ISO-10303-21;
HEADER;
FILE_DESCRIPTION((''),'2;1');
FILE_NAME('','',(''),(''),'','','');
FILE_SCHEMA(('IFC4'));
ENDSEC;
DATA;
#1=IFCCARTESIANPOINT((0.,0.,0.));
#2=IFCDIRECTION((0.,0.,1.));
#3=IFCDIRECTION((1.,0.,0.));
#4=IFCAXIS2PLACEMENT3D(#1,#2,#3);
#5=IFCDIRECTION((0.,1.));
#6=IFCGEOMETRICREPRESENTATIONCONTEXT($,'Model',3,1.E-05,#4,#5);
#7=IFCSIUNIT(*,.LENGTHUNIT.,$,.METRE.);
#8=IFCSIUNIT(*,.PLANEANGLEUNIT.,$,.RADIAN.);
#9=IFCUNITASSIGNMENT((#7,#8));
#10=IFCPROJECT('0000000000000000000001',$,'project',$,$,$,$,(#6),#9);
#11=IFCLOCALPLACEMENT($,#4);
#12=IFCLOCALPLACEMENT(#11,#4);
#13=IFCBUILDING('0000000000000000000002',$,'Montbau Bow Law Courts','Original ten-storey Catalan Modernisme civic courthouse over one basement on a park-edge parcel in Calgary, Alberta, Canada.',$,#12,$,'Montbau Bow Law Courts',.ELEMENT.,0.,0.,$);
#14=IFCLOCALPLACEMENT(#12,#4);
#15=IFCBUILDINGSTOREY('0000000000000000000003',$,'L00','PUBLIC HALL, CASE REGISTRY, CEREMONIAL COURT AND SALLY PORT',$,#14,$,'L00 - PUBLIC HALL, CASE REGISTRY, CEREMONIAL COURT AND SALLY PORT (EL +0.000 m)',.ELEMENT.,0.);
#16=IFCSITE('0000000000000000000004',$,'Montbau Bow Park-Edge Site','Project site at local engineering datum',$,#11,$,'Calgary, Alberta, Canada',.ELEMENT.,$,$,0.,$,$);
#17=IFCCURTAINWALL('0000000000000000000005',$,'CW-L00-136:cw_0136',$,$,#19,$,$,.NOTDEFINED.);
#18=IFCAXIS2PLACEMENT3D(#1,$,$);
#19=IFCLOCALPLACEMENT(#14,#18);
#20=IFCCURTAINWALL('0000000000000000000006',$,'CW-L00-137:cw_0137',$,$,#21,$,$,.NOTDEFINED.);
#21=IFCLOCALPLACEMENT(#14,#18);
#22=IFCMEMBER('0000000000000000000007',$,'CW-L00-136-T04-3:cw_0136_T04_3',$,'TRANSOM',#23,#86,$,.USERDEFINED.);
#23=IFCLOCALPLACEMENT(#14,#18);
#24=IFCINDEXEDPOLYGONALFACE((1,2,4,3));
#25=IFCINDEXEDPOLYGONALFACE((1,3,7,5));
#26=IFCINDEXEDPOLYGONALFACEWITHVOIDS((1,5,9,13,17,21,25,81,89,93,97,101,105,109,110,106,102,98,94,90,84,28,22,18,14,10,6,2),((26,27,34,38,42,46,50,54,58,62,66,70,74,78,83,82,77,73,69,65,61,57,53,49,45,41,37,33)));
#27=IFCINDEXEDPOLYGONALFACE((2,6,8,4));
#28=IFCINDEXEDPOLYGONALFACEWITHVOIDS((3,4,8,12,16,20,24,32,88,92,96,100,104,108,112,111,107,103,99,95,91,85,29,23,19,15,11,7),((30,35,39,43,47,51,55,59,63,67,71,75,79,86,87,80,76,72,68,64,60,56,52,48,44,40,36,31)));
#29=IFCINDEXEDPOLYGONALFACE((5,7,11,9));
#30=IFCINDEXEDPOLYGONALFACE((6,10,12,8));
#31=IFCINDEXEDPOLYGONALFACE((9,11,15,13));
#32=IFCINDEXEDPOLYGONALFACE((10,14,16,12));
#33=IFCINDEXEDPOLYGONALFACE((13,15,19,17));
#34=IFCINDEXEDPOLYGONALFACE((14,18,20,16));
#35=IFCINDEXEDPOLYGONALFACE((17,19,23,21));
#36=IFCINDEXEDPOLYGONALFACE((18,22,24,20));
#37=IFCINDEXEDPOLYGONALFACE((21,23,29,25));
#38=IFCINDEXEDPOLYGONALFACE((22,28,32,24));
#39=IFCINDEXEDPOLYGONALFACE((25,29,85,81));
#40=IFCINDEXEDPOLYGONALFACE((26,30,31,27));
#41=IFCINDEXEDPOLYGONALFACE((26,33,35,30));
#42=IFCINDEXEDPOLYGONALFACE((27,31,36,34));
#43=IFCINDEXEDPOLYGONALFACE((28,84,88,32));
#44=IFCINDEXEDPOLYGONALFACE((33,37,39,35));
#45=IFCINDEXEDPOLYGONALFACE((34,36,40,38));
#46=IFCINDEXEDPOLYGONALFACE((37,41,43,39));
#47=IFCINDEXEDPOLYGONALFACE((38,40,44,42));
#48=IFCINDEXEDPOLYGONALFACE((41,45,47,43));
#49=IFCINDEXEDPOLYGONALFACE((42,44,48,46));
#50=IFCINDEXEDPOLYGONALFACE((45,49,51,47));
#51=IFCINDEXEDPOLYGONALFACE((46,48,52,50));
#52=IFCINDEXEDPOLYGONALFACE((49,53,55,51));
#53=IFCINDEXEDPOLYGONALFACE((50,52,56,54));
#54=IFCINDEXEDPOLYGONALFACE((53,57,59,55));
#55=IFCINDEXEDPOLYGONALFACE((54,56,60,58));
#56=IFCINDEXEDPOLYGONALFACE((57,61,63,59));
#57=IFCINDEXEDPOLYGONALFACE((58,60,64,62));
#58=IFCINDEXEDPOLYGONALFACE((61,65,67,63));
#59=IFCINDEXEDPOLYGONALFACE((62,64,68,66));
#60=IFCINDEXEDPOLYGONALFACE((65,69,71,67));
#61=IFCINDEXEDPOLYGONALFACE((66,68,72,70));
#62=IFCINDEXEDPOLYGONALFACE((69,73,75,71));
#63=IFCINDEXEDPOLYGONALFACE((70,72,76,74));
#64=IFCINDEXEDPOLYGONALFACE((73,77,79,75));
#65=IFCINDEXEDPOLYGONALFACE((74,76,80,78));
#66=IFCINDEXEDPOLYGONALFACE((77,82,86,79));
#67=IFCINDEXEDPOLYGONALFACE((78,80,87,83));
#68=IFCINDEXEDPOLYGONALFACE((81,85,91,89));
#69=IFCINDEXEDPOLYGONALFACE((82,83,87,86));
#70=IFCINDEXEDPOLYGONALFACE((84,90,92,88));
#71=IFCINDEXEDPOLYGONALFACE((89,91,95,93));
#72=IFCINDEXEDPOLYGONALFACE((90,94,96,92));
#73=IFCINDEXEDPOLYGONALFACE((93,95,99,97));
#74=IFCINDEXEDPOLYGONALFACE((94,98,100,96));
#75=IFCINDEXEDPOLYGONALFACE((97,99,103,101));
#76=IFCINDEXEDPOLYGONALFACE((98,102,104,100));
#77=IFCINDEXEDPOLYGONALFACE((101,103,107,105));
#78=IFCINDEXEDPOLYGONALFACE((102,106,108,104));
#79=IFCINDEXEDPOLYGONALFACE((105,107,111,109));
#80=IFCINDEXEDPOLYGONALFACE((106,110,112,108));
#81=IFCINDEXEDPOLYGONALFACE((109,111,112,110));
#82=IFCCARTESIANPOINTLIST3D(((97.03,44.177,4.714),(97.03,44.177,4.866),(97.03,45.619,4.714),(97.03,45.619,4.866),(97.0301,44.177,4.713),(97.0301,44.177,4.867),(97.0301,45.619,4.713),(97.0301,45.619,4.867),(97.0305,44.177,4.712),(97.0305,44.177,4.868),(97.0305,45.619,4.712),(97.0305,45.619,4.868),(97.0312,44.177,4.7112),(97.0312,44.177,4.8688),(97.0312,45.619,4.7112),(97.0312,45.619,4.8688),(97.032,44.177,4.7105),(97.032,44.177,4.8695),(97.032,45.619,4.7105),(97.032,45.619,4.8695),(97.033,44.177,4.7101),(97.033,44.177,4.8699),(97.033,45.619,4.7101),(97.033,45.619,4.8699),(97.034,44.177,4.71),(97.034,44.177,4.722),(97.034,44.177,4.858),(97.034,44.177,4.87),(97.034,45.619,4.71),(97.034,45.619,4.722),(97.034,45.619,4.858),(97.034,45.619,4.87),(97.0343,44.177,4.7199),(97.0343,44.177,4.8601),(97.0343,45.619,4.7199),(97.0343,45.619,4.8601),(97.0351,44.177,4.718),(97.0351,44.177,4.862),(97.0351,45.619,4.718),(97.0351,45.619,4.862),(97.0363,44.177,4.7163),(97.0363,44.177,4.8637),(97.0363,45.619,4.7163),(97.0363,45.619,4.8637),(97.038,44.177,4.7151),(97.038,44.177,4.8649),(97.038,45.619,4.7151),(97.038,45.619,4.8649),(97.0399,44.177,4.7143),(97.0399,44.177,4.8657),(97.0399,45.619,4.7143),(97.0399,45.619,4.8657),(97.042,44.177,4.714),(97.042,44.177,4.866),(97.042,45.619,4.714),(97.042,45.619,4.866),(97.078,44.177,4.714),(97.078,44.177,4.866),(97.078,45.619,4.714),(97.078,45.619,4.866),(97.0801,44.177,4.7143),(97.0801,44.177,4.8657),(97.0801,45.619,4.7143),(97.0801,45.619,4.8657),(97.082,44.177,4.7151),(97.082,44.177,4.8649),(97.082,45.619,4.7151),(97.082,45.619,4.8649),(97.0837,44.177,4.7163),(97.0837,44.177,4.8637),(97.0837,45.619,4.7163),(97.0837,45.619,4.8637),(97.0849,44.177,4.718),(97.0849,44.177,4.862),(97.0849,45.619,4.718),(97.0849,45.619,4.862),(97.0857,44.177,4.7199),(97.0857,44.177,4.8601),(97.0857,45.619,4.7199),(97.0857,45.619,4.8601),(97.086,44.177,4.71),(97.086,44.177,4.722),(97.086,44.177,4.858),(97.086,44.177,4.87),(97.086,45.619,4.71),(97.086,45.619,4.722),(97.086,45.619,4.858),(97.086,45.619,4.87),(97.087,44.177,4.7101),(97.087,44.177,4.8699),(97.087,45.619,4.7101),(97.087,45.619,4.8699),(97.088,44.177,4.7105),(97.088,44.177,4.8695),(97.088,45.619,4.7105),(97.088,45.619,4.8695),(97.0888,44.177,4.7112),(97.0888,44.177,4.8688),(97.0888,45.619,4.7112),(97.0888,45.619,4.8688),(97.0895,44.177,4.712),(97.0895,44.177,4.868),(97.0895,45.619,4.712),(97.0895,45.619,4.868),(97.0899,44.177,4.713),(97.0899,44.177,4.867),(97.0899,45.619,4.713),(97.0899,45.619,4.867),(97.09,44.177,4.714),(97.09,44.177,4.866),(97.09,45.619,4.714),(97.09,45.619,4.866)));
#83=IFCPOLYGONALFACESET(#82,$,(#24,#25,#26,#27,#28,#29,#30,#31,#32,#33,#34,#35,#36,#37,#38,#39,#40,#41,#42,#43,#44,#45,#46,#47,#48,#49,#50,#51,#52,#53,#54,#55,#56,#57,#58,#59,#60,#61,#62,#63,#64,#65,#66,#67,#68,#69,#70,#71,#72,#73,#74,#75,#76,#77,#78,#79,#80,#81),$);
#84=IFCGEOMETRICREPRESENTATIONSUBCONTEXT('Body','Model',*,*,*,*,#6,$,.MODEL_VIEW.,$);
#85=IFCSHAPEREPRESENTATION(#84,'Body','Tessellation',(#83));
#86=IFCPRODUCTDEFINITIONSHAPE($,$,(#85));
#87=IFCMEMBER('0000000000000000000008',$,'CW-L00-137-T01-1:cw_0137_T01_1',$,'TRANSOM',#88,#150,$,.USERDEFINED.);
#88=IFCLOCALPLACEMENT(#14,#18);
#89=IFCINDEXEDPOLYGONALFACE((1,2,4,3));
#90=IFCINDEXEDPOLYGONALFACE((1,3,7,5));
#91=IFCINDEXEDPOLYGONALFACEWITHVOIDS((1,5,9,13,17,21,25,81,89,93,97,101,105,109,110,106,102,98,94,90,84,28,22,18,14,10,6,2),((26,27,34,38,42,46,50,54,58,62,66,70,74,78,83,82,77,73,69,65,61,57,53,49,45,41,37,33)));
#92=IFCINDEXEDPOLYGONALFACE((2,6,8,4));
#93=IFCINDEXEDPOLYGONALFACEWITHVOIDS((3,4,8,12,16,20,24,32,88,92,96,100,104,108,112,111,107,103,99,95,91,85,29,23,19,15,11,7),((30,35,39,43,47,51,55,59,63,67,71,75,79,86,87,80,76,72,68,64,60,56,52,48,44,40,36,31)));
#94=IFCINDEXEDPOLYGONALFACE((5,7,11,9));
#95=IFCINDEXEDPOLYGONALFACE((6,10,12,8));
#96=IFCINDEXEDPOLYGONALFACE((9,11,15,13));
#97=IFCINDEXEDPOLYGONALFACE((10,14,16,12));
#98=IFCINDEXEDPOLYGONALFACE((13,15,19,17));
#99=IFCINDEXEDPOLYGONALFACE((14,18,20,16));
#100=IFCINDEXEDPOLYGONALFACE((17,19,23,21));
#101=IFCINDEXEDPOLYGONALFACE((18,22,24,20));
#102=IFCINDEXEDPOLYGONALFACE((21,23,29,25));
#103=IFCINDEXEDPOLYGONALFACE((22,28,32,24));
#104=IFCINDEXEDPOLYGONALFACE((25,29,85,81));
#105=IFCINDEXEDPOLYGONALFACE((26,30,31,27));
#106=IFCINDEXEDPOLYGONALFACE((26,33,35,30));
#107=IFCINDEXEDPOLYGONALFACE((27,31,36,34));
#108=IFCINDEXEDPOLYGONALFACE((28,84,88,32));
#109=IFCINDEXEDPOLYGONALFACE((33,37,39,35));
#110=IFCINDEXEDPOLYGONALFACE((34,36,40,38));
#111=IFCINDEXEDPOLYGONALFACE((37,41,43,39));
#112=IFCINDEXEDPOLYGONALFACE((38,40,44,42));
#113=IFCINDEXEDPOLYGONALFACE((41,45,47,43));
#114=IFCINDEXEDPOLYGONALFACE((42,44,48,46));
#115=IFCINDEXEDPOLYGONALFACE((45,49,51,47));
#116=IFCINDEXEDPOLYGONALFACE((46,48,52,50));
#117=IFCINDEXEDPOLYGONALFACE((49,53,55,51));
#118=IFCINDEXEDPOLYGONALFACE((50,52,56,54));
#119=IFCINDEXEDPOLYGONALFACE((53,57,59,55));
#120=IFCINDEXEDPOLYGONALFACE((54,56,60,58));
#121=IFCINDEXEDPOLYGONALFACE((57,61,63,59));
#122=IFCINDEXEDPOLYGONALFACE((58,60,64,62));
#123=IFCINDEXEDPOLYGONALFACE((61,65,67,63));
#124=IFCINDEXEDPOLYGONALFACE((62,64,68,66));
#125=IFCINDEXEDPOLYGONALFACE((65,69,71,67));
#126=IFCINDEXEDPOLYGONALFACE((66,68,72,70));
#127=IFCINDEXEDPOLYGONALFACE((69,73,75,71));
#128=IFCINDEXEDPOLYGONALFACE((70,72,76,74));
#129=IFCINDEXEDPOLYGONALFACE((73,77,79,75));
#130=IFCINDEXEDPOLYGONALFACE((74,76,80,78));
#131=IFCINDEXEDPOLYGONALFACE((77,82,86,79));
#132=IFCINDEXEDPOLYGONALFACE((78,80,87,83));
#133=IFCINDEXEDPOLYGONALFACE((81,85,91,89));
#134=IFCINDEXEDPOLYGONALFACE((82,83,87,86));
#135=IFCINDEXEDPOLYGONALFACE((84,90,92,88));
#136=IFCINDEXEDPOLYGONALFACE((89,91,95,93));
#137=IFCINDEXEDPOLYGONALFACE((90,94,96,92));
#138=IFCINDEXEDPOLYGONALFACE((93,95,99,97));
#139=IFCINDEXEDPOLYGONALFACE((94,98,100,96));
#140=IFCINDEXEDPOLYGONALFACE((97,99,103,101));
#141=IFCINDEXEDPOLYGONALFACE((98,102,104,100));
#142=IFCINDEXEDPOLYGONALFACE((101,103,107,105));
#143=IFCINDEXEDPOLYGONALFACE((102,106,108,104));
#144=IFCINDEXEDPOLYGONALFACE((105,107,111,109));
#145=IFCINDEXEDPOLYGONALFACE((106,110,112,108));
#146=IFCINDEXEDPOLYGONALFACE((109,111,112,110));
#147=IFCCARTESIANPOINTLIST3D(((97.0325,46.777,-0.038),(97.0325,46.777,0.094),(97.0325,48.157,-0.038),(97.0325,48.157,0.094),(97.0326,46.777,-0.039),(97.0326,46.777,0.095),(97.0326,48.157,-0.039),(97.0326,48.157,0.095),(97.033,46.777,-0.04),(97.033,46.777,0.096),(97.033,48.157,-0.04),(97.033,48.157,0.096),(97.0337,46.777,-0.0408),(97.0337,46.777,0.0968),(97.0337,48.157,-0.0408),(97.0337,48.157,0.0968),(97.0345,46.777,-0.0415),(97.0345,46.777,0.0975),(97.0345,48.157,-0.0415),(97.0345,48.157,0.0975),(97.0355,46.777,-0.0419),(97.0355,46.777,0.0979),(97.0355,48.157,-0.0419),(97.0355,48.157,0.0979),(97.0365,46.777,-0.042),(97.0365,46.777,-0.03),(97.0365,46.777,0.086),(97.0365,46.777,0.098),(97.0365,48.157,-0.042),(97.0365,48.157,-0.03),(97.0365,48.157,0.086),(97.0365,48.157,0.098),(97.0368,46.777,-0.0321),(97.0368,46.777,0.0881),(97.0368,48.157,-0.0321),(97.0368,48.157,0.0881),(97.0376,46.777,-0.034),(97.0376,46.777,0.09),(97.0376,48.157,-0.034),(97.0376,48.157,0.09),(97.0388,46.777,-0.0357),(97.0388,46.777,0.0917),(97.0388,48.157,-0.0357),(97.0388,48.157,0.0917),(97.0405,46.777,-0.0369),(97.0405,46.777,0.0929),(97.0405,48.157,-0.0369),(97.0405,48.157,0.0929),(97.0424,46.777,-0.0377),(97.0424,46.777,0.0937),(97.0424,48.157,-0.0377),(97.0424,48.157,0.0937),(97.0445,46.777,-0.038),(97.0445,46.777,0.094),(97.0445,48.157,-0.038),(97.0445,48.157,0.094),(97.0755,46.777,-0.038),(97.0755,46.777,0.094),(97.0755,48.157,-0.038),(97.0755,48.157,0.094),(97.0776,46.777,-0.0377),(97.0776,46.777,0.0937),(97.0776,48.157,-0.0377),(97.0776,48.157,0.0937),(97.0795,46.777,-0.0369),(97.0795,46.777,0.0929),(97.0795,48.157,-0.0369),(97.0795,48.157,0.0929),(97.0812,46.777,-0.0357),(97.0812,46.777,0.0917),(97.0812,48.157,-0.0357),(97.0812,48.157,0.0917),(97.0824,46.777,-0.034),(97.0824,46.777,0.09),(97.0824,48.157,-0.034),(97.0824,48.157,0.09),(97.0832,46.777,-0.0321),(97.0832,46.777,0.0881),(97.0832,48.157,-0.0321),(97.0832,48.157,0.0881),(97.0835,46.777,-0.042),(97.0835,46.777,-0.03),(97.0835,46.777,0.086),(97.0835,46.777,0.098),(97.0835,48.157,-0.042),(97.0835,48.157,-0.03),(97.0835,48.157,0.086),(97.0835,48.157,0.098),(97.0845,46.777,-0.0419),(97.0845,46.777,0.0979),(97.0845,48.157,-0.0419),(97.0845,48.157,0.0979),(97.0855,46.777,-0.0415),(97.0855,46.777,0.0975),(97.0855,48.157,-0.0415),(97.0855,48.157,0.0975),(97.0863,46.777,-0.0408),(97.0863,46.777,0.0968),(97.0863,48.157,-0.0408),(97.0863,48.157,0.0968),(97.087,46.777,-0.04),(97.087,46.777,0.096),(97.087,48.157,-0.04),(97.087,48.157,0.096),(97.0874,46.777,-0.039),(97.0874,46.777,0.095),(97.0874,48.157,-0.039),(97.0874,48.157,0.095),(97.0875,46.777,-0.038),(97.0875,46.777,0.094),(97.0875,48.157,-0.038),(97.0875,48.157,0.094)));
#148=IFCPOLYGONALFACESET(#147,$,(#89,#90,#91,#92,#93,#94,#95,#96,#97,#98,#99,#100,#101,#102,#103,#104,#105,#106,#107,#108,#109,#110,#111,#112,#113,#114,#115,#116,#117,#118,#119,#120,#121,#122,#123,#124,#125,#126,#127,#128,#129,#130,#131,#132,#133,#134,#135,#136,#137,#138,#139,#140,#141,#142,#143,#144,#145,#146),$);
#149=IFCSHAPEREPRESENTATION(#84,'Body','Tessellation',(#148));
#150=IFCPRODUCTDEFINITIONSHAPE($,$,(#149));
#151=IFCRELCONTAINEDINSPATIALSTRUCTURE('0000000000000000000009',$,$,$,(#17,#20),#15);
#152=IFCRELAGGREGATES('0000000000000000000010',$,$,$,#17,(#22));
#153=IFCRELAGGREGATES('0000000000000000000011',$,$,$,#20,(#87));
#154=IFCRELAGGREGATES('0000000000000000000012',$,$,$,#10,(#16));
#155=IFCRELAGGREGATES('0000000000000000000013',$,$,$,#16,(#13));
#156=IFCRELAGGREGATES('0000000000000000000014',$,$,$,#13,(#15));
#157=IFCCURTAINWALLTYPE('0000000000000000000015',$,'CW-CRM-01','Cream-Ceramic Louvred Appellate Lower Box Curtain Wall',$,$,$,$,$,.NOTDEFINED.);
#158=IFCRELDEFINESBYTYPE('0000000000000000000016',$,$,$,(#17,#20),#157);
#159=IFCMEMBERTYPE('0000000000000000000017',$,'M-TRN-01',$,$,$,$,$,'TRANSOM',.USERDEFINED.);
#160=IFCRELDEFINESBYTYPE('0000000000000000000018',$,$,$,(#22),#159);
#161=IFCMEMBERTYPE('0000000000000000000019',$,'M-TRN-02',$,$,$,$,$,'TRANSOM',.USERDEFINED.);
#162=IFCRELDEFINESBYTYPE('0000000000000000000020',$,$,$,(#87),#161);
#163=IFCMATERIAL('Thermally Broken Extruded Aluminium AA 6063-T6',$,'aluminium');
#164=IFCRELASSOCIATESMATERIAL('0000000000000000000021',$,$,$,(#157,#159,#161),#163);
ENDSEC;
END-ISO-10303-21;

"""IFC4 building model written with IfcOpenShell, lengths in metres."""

from ifc_helpers import new_model, si_unit, direction, frame, origin_with_axes, origin_2d_with_axis, place, context, subcontext, project, spatial, hollow_rectangle, extrude, material, material_profile, profile_set, type_object, element, aggregate, save


model = new_model("IFC4")

# Units and contexts
model_context = context("Model", 3, precision=1e-05, world=origin_with_axes(), true_north=direction((0.0, 1.0)))
body_context = subcontext(model_context, "Body", "Model", "MODEL_VIEW")
ifc_project = project(units=[si_unit("LENGTHUNIT", "METRE"), si_unit("PLANEANGLEUNIT", "RADIAN")], contexts=[model_context])

# Site, building, storey
site_placement = place(None, origin_with_axes())
site = spatial("IfcSite", under=ifc_project, at=site_placement, Name="Montbau Bow Park-Edge Site", Description="Project site at local engineering datum", LongName="Calgary, Alberta, Canada", CompositionType="ELEMENT", RefElevation=0.0)
building_placement = place(site_placement, origin_with_axes())
building = spatial("IfcBuilding", under=site, at=building_placement, Name="Montbau Bow Law Courts", Description="Original ten-storey Catalan Modernisme civic courthouse over one basement on a park-edge parcel in Calgary, Alberta, Canada.", LongName="Montbau Bow Law Courts", CompositionType="ELEMENT", ElevationOfRefHeight=0.0, ElevationOfTerrain=0.0)
storey_placement = place(building_placement, origin_with_axes())
storey = spatial("IfcBuildingStorey", under=building, at=storey_placement, Name="L00", Description="PUBLIC HALL, CASE REGISTRY, CEREMONIAL COURT AND SALLY PORT", LongName="L00 - PUBLIC HALL, CASE REGISTRY, CEREMONIAL COURT AND SALLY PORT (EL +0.000 m)", CompositionType="ELEMENT", Elevation=0.0)

# Curtain walls
ifc_material_1 = material(Name="Thermally Broken Extruded Aluminium AA 6063-T6", Category="aluminium")
curtain_wall_type = type_object("IfcCurtainWallType", Name="CW-CRM-01", Description="Cream-Ceramic Louvred Appellate Lower Box Curtain Wall", PredefinedType="NOTDEFINED", material=ifc_material_1)
curtain_wall_1_placement = place(None, frame((97.06, 39.515, 0.0), z_axis=(0.0, 0.0, 1.0), x_axis=(1.0, 0.0, 0.0)))
curtain_wall_1 = element("IfcCurtainWall", 1, at=curtain_wall_1_placement, inside=storey, type_object=curtain_wall_type, Name="CW-L00-136:cw_0136", PredefinedType="NOTDEFINED")
curtain_wall_2_placement = place(None, frame((97.06, 46.715, 0.0), z_axis=(0.0, 0.0, 1.0), x_axis=(1.0, 0.0, 0.0)))
curtain_wall_2 = element("IfcCurtainWall", 2, at=curtain_wall_2_placement, inside=storey, type_object=curtain_wall_type, Name="CW-L00-137:cw_0137", PredefinedType="NOTDEFINED")

# Members
ifc_material_profile_1 = material_profile(ifc_material_1, hollow_rectangle(XDim=0.06, YDim=0.16, WallThickness=0.004, InnerFilletRadius=0.008, OuterFilletRadius=0.004, at=origin_2d_with_axis()), Name="CWT-160X60", Category="Main", Priority=0)
ifc_profile_set_1 = profile_set([ifc_material_profile_1], Name="Thermally Broken Extruded Aluminium AA 6063-T6")
member_type_1 = type_object("IfcMemberType", Name="M-TRN-01", ElementType="TRANSOM", PredefinedType="USERDEFINED", material=ifc_profile_set_1)
member_1_placement = place(None, frame((97.06, 44.177, 4.79), z_axis=(0.0, 1.0, 0.0), x_axis=(-1.0, 0.0, 0.0)))
member_1 = element("IfcMember", 3, at=member_1_placement, type_object=member_type_1, Name="CW-L00-136-T04-3:cw_0136_T04_3", ObjectType="TRANSOM", PredefinedType="USERDEFINED", context=body_context, shape_type="SweptSolid", body=[
    extrude(hollow_rectangle(XDim=0.06, YDim=0.16, WallThickness=0.004, InnerFilletRadius=0.008, OuterFilletRadius=0.004, at=origin_2d_with_axis()), origin_with_axes(), (0.0, 0.0, 1.0), 1.442),
])
ifc_material_profile_2 = material_profile(ifc_material_1, hollow_rectangle(XDim=0.055, YDim=0.14, WallThickness=0.004, InnerFilletRadius=0.008, OuterFilletRadius=0.004, at=origin_2d_with_axis()), Name="CWT-140X55", Category="Main", Priority=0)
ifc_profile_set_2 = profile_set([ifc_material_profile_2], Name="Thermally Broken Extruded Aluminium AA 6063-T6")
member_type_2 = type_object("IfcMemberType", Name="M-TRN-02", ElementType="TRANSOM", PredefinedType="USERDEFINED", material=ifc_profile_set_2)
member_2_placement = place(None, frame((97.06, 46.777, 0.028), z_axis=(0.0, 1.0, 0.0), x_axis=(-1.0, 0.0, 0.0)))
member_2 = element("IfcMember", 4, at=member_2_placement, type_object=member_type_2, Name="CW-L00-137-T01-1:cw_0137_T01_1", ObjectType="TRANSOM", PredefinedType="USERDEFINED", context=body_context, shape_type="SweptSolid", body=[
    extrude(hollow_rectangle(XDim=0.055, YDim=0.14, WallThickness=0.004, InnerFilletRadius=0.008, OuterFilletRadius=0.004, at=origin_2d_with_axis()), origin_with_axes(), (0.0, 0.0, 1.0), 1.38),
])

aggregate(curtain_wall_1, [member_1])
aggregate(curtain_wall_2, [member_2])

save(model, "model.ifc")
